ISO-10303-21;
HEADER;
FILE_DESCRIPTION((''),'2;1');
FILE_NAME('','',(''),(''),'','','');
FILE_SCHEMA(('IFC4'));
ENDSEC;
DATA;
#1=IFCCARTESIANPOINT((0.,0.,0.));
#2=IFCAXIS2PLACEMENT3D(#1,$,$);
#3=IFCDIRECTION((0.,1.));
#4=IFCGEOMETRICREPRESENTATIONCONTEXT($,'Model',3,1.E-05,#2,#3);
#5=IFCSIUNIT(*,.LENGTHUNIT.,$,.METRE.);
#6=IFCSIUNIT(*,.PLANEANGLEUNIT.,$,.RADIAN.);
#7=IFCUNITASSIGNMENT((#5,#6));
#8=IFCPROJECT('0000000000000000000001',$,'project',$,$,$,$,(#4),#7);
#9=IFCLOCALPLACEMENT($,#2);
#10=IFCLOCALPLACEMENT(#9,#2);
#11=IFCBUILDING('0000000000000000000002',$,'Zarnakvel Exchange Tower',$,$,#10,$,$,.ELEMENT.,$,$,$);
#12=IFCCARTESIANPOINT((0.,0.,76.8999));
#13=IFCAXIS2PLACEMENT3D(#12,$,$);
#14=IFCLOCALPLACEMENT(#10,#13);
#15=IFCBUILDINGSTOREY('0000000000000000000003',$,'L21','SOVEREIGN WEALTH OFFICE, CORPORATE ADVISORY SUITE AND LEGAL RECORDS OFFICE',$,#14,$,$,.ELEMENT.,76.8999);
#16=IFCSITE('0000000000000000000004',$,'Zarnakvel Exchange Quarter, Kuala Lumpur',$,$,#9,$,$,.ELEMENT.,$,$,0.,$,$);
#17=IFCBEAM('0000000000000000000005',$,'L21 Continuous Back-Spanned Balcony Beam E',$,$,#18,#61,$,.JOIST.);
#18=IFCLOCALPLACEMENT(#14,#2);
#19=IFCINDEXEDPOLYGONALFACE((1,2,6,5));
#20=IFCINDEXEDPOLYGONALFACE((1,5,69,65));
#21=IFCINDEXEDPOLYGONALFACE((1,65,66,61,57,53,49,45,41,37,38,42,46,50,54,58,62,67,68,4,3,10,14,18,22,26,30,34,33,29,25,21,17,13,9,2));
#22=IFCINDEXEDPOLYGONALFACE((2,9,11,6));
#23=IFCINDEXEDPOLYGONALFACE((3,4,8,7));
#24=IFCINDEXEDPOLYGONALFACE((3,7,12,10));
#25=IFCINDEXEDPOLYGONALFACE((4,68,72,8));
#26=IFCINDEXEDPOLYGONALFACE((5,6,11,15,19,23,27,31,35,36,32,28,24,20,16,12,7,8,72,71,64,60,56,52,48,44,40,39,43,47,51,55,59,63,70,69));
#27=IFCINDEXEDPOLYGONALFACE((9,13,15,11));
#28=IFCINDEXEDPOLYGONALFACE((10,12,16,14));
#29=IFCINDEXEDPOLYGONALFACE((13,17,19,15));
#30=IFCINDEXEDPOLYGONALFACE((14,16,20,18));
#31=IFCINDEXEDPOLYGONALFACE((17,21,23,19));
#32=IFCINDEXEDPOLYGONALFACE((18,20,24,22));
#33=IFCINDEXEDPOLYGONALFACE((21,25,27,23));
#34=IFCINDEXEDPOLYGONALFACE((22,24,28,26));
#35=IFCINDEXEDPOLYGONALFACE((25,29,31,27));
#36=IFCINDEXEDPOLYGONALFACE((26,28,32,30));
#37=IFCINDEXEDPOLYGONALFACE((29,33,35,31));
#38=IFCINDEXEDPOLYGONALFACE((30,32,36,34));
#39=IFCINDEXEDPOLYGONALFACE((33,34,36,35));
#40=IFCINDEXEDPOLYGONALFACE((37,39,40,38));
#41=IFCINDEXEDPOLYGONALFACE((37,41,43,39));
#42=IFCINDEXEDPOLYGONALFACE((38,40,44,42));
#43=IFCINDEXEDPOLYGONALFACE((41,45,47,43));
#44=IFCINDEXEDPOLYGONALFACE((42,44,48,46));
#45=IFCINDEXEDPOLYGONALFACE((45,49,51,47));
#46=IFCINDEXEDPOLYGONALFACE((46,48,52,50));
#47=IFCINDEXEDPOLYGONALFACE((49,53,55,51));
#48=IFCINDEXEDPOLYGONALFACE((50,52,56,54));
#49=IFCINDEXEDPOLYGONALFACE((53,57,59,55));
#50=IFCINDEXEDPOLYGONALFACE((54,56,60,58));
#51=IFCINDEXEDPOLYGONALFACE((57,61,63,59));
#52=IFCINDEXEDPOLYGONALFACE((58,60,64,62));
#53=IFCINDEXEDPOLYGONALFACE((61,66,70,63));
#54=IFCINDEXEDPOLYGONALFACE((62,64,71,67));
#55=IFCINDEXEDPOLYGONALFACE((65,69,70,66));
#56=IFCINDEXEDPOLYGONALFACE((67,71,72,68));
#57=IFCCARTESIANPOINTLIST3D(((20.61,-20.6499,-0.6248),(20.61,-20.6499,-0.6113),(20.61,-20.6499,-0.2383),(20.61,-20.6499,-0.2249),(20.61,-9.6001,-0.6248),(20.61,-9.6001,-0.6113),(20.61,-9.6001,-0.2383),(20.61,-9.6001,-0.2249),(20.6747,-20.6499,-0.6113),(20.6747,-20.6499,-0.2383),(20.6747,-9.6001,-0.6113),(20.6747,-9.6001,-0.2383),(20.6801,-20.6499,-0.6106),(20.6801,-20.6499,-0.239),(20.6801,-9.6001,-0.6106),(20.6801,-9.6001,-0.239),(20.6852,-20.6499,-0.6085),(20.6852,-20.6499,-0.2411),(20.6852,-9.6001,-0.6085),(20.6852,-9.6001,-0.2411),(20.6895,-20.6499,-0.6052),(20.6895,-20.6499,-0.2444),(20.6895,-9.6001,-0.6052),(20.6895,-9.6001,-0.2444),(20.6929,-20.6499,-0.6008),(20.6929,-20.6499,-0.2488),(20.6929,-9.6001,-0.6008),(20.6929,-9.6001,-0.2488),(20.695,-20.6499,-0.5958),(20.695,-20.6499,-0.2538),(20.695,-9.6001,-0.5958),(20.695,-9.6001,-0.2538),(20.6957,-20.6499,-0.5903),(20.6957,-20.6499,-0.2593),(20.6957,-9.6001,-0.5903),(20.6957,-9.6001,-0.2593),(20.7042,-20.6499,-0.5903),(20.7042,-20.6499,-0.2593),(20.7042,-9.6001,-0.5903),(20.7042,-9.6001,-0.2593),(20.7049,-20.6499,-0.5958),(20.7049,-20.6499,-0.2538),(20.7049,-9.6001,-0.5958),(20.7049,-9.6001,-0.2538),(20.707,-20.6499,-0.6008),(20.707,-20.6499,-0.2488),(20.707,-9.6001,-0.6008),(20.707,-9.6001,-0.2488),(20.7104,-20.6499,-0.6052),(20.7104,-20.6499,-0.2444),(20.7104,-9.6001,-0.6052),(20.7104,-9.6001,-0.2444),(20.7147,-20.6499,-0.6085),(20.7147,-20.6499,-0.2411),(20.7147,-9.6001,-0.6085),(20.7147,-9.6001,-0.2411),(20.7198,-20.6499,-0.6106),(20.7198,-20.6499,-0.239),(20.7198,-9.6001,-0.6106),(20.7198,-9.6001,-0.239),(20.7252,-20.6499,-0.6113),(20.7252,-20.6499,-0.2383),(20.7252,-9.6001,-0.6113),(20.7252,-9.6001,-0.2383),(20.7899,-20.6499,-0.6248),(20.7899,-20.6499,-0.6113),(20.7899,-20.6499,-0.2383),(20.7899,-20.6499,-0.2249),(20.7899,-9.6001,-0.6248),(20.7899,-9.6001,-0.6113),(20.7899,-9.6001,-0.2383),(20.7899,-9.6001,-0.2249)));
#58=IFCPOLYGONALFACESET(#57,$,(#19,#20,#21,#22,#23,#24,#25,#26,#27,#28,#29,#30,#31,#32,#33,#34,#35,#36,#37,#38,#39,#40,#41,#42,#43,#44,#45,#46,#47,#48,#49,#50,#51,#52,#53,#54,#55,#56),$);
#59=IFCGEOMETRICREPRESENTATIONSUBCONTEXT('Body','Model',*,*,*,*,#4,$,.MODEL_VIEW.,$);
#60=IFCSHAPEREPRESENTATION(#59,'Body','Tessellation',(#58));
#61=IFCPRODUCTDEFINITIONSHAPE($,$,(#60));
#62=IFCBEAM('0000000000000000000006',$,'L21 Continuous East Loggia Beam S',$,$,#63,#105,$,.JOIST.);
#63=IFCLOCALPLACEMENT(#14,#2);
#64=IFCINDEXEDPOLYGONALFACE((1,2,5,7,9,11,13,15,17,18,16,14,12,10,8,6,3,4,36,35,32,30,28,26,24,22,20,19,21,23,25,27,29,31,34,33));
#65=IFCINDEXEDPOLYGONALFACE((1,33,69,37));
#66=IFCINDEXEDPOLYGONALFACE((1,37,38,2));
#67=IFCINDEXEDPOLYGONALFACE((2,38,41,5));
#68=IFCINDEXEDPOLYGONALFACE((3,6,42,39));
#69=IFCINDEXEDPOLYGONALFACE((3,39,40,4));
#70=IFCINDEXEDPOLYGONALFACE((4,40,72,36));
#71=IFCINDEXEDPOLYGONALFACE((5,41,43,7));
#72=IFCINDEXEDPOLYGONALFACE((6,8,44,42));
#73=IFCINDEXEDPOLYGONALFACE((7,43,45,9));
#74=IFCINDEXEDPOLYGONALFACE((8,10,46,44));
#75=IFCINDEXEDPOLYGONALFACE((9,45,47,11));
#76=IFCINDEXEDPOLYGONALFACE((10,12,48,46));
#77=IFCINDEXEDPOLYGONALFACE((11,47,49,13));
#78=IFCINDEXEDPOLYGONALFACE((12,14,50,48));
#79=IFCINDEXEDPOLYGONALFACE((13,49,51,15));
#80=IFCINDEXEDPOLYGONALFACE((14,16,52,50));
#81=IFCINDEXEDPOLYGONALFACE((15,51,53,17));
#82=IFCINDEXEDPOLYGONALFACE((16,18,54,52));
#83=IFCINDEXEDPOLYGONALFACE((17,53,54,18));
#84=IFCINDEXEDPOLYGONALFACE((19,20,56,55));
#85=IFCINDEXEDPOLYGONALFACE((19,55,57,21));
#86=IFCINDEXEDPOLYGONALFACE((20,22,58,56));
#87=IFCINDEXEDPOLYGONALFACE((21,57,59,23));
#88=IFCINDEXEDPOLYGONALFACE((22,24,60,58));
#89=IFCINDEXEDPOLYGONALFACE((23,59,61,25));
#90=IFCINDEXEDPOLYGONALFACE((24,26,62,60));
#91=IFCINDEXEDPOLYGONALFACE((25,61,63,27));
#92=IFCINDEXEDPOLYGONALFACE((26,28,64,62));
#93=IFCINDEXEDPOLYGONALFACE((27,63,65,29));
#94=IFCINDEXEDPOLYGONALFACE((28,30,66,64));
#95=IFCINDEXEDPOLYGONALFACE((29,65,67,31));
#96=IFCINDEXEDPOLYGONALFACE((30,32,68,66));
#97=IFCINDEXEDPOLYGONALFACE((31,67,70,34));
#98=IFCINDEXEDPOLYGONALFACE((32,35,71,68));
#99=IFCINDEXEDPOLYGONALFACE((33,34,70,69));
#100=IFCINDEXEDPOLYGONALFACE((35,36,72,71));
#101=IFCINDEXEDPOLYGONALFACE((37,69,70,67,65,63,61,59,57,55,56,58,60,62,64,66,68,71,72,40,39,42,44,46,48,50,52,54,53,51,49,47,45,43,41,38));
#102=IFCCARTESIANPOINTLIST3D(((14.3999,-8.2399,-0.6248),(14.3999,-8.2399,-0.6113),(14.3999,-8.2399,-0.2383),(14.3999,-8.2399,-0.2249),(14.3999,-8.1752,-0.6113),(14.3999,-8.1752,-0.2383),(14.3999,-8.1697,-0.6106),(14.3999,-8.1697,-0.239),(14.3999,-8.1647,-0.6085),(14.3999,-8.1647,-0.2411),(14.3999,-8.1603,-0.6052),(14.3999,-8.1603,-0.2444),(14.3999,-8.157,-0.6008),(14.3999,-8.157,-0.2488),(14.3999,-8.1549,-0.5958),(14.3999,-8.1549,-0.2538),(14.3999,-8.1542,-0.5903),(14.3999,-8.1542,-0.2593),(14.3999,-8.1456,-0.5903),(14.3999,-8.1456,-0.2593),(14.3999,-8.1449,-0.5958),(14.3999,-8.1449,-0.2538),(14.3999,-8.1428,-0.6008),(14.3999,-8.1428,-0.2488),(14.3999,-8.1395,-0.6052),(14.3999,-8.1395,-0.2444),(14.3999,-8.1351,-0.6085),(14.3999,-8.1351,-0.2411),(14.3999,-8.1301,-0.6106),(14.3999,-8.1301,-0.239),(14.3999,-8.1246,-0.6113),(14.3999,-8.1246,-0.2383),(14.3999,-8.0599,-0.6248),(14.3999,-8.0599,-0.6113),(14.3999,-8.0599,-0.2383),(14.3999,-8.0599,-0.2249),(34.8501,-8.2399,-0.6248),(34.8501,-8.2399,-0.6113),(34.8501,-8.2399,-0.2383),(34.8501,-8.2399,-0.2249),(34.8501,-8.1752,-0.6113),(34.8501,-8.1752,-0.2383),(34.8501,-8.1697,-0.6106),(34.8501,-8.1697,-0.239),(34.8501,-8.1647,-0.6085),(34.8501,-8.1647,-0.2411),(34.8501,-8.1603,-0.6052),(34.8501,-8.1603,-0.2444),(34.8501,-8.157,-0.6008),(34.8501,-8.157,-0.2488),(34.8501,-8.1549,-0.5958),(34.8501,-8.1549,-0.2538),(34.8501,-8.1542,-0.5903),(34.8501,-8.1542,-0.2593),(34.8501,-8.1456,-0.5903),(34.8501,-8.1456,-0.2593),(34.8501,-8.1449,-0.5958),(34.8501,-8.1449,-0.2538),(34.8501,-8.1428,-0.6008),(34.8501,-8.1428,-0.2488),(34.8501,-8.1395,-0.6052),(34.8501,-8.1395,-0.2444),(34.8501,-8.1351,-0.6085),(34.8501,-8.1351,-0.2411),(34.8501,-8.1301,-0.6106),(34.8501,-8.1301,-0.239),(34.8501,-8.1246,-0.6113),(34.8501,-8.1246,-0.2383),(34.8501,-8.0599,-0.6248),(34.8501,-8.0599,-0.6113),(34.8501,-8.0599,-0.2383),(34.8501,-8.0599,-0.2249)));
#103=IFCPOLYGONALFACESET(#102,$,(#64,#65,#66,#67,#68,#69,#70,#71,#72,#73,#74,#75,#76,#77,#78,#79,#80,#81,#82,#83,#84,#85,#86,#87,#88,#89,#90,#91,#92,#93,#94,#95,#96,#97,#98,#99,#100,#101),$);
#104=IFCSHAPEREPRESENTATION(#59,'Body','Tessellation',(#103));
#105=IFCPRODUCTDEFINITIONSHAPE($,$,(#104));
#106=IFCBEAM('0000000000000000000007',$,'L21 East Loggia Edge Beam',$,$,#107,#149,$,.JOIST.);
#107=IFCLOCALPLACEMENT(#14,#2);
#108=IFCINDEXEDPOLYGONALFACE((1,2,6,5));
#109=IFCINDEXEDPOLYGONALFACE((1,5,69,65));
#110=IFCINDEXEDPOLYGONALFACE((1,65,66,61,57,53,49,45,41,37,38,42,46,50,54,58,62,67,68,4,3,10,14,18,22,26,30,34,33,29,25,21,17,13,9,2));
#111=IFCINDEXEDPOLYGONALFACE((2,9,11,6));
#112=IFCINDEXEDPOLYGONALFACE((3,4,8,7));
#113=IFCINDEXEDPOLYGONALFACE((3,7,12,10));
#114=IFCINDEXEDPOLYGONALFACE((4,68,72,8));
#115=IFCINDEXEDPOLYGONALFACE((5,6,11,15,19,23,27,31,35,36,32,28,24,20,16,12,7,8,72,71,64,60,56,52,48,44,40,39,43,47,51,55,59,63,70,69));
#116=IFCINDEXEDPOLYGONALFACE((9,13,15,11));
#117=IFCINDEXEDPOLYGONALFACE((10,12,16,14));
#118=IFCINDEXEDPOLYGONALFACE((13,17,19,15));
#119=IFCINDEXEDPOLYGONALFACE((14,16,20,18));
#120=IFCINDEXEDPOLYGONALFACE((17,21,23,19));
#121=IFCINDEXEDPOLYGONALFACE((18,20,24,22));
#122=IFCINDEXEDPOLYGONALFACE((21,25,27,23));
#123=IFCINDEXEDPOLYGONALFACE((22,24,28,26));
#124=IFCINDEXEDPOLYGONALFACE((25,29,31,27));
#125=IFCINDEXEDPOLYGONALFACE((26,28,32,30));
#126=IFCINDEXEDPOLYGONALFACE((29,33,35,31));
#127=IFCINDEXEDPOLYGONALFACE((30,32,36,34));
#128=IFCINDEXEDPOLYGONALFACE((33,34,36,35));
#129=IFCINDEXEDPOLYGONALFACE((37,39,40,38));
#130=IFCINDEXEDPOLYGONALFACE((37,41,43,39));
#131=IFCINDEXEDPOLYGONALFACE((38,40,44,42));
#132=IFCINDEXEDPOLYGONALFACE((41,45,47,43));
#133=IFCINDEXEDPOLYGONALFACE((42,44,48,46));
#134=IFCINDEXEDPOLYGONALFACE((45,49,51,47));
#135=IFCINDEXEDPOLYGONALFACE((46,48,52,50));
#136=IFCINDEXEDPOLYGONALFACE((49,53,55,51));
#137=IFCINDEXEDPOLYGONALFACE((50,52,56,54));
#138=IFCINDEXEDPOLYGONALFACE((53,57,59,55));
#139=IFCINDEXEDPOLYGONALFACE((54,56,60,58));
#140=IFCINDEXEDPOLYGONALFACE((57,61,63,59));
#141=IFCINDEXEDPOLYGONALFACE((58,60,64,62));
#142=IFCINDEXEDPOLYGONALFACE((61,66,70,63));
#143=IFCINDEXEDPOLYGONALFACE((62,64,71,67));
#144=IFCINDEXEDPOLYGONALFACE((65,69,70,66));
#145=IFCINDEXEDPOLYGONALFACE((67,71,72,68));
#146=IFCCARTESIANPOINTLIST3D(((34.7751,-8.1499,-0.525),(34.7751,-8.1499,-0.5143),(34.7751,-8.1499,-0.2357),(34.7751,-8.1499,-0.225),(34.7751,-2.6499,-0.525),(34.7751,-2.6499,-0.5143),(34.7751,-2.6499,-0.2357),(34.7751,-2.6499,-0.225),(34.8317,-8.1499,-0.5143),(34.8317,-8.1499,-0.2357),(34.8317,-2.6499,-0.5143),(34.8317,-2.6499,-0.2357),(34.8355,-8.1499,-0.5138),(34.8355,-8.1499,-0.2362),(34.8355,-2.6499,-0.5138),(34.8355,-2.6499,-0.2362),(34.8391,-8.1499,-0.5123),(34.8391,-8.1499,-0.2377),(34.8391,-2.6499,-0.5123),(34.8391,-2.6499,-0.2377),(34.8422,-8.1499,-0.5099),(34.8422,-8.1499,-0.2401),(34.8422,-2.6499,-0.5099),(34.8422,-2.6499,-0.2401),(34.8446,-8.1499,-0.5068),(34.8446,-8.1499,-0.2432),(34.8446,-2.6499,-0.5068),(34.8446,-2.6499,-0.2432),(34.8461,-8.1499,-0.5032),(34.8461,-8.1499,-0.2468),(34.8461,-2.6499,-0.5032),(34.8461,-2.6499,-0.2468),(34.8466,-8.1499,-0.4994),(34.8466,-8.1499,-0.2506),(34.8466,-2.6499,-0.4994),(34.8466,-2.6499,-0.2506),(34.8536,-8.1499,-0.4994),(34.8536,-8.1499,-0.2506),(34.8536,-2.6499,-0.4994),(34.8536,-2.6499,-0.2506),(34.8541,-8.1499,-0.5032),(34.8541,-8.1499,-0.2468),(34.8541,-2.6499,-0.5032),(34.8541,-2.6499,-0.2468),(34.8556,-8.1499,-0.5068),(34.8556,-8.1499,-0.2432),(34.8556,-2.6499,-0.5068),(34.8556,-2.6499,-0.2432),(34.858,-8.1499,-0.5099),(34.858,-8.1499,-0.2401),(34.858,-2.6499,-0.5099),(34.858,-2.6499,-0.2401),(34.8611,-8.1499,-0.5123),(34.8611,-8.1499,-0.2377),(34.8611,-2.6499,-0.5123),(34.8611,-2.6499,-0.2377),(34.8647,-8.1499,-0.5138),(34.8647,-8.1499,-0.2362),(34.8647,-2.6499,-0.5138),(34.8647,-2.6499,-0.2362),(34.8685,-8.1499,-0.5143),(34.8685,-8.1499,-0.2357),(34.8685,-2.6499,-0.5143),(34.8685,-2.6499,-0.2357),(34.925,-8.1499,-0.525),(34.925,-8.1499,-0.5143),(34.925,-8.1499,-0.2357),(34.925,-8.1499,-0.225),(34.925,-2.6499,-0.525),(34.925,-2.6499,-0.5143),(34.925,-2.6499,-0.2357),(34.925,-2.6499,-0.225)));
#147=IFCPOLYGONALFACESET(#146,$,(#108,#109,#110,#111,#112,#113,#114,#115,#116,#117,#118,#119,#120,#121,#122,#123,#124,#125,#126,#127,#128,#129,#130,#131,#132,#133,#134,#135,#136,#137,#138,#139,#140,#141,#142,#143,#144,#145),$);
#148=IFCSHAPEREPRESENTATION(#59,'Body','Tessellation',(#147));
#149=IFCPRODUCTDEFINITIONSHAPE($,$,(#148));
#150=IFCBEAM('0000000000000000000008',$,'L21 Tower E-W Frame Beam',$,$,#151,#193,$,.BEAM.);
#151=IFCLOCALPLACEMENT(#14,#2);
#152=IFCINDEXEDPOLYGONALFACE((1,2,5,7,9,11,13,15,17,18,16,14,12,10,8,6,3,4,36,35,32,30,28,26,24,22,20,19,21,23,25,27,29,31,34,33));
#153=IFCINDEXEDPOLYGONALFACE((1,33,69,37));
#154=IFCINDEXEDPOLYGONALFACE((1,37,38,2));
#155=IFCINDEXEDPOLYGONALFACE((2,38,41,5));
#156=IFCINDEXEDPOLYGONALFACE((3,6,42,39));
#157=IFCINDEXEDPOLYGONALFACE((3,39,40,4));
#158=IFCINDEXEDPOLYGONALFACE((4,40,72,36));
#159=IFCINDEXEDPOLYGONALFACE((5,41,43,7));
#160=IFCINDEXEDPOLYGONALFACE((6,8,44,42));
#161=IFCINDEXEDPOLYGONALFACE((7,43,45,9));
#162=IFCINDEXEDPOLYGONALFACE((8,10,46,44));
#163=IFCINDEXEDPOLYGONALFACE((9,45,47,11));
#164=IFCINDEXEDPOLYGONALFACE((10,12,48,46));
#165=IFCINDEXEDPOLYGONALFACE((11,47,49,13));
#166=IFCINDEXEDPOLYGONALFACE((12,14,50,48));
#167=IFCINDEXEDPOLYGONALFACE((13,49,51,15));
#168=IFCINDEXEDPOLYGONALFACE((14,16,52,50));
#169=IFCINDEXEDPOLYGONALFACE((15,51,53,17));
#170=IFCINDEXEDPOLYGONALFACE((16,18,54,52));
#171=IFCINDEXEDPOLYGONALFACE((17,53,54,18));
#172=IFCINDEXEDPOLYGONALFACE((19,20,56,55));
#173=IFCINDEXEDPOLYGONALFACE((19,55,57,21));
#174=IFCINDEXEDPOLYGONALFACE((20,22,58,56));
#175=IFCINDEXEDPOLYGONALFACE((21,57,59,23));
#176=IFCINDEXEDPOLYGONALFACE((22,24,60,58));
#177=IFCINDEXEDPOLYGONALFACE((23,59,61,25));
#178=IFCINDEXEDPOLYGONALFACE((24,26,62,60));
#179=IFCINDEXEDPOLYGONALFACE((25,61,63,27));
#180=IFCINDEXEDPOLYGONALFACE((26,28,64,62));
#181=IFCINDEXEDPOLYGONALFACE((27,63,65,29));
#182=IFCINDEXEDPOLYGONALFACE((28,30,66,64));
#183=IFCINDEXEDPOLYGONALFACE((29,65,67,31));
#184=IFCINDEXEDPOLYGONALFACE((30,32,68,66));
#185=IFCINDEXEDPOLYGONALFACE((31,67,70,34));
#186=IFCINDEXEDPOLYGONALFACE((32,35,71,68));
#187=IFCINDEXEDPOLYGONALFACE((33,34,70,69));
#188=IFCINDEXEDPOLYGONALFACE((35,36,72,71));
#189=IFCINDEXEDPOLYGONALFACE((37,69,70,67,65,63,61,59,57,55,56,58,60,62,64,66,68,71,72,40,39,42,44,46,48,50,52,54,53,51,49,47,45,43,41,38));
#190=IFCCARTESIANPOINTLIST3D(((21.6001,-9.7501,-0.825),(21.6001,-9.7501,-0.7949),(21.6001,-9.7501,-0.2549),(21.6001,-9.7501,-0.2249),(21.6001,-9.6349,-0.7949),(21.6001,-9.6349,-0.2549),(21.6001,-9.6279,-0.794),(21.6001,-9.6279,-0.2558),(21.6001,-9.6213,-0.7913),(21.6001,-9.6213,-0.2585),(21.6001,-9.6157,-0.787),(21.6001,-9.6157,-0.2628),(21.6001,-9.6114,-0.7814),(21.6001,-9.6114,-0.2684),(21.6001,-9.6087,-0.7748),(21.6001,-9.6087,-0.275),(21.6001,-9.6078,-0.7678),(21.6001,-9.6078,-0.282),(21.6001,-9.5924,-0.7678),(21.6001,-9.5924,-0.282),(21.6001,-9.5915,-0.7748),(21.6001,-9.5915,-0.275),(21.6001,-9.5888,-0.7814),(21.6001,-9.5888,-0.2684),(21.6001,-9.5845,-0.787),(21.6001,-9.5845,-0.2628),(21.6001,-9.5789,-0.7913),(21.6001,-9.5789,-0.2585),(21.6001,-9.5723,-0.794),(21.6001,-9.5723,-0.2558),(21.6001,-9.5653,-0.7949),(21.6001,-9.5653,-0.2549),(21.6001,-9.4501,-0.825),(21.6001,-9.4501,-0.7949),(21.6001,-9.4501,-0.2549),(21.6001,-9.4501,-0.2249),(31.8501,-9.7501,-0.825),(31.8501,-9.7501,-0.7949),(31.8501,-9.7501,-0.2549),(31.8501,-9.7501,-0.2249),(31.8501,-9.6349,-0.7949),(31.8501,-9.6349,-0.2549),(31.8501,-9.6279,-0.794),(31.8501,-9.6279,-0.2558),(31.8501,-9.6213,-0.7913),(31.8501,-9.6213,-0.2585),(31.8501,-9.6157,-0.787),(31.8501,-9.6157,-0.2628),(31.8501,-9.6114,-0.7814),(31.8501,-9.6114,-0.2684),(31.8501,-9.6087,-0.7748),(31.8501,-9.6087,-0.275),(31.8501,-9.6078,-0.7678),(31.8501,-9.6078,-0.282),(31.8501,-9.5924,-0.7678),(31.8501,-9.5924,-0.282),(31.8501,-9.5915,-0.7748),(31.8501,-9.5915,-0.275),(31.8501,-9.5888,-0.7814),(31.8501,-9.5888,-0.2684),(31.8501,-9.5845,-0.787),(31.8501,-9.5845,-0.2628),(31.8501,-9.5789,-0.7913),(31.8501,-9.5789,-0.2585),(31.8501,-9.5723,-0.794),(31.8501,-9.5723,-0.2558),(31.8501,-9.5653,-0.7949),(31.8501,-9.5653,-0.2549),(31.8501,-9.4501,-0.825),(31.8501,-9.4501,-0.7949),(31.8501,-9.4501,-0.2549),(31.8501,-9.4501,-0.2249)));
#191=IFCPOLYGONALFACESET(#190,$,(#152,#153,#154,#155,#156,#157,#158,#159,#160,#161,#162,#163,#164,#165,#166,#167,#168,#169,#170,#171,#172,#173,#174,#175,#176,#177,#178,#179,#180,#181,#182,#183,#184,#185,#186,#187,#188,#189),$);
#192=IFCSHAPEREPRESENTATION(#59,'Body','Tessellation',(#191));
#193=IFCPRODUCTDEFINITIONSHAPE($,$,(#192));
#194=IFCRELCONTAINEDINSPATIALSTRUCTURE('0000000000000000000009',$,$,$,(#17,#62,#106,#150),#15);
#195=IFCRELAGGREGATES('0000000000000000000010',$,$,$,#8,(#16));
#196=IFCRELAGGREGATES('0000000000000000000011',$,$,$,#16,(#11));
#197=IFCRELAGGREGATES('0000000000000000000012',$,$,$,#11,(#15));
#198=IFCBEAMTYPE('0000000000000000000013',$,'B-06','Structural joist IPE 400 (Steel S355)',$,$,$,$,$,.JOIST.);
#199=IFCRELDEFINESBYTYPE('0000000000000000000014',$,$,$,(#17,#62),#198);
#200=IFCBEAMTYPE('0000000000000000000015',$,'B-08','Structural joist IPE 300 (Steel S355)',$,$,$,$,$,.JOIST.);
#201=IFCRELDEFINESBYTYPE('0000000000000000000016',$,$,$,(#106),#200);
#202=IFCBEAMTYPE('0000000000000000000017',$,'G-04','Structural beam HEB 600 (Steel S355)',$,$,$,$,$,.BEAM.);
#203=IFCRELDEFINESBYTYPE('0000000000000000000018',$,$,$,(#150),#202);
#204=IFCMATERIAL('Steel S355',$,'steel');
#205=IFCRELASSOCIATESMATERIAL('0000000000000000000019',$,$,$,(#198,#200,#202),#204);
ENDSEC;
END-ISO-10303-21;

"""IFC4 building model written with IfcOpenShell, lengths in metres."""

from ifc_helpers import new_model, si_unit, direction, frame, origin, origin_2d, place, context, subcontext, project, spatial, i_section, extrude, material, material_profile, profile_set, type_object, element, save


model = new_model("IFC4")

# Units and contexts
model_context = context("Model", 3, precision=1e-05, world=origin(), true_north=direction((0.0, 1.0)))
body_context = subcontext(model_context, "Body", "Model", "MODEL_VIEW")
ifc_project = project(units=[si_unit("LENGTHUNIT", "METRE"), si_unit("PLANEANGLEUNIT", "RADIAN")], contexts=[model_context])

# Site, building, storey
site_placement = place(None, origin())
site = spatial("IfcSite", under=ifc_project, at=site_placement, Name="Zarnakvel Exchange Quarter, Kuala Lumpur", CompositionType="ELEMENT", RefElevation=0.0)
building_placement = place(site_placement, origin())
building = spatial("IfcBuilding", under=site, at=building_placement, Name="Zarnakvel Exchange Tower", CompositionType="ELEMENT")
storey_placement = place(building_placement, frame((0.0, 0.0, 76.8999)))
storey = spatial("IfcBuildingStorey", under=building, at=storey_placement, Name="L21", Description="SOVEREIGN WEALTH OFFICE, CORPORATE ADVISORY SUITE AND LEGAL RECORDS OFFICE", CompositionType="ELEMENT", Elevation=76.8999)

# Shared definitions
ifc_material_1 = material(Name="Steel S355", Category="steel")

# Beams
ifc_material_profile_1 = material_profile(ifc_material_1, i_section(OverallWidth=0.1799, OverallDepth=0.3999, WebThickness=0.0085, FlangeThickness=0.0134, FilletRadius=0.021, at=origin_2d()))
ifc_profile_set_1 = profile_set([ifc_material_profile_1], Name="Steel S355")
beam_type_1 = type_object("IfcBeamType", Name="B-06", Description="Structural joist IPE 400 (Steel S355)", PredefinedType="JOIST", material=ifc_profile_set_1)
beam_1_placement = place(storey_placement, frame((20.7, -9.6001, -0.4248), z_axis=(0.0, -1.0, 0.0), x_axis=(1.0, 0.0, 0.0)))
element("IfcBeam", 1, at=beam_1_placement, inside=storey, type_object=beam_type_1, Name="L21 Continuous Back-Spanned Balcony Beam E", PredefinedType="JOIST", context=body_context, shape_type="SweptSolid", body=[
    extrude(i_section(OverallWidth=0.1799, OverallDepth=0.3999, WebThickness=0.0085, FlangeThickness=0.0134, FilletRadius=0.021, at=origin_2d()), origin(), (0.0, 0.0, 1.0), 11.0498),
])
beam_2_placement = place(storey_placement, frame((14.3999, -8.1499, -0.4248), z_axis=(1.0, 0.0, 0.0), x_axis=(0.0, 1.0, 0.0)))
element("IfcBeam", 2, at=beam_2_placement, inside=storey, type_object=beam_type_1, Name="L21 Continuous East Loggia Beam S", PredefinedType="JOIST", context=body_context, shape_type="SweptSolid", body=[
    extrude(i_section(OverallWidth=0.1799, OverallDepth=0.3999, WebThickness=0.0085, FlangeThickness=0.0134, FilletRadius=0.021, at=origin_2d()), origin(), (0.0, 0.0, 1.0), 20.4502),
])
ifc_material_profile_2 = material_profile(ifc_material_1, i_section(OverallWidth=0.1499, OverallDepth=0.3, WebThickness=0.0071, FlangeThickness=0.0107, FilletRadius=0.0149, at=origin_2d()))
ifc_profile_set_2 = profile_set([ifc_material_profile_2], Name="Steel S355")
beam_type_2 = type_object("IfcBeamType", Name="B-08", Description="Structural joist IPE 300 (Steel S355)", PredefinedType="JOIST", material=ifc_profile_set_2)
beam_3_placement = place(storey_placement, frame((34.8501, -8.1499, -0.375), z_axis=(0.0, 1.0, 0.0), x_axis=(-1.0, 0.0, 0.0)))
element("IfcBeam", 3, at=beam_3_placement, inside=storey, type_object=beam_type_2, Name="L21 East Loggia Edge Beam", PredefinedType="JOIST", context=body_context, shape_type="SweptSolid", body=[
    extrude(i_section(OverallWidth=0.1499, OverallDepth=0.3, WebThickness=0.0071, FlangeThickness=0.0107, FilletRadius=0.0149, at=origin_2d()), origin(), (0.0, 0.0, 1.0), 5.5),
])
ifc_material_profile_3 = material_profile(ifc_material_1, i_section(OverallWidth=0.3, OverallDepth=0.6001, WebThickness=0.0154, FlangeThickness=0.03, FilletRadius=0.0271, at=origin_2d()))
ifc_profile_set_3 = profile_set([ifc_material_profile_3], Name="Steel S355")
beam_type_3 = type_object("IfcBeamType", Name="G-04", Description="Structural beam HEB 600 (Steel S355)", PredefinedType="BEAM", material=ifc_profile_set_3)
beam_4_placement = place(storey_placement, frame((21.6001, -9.6001, -0.5249), z_axis=(1.0, 0.0, 0.0), x_axis=(0.0, 1.0, 0.0)))
element("IfcBeam", 4, at=beam_4_placement, inside=storey, type_object=beam_type_3, Name="L21 Tower E-W Frame Beam", PredefinedType="BEAM", context=body_context, shape_type="SweptSolid", body=[
    extrude(i_section(OverallWidth=0.3, OverallDepth=0.6001, WebThickness=0.0154, FlangeThickness=0.03, FilletRadius=0.0271, at=origin_2d()), origin(), (0.0, 0.0, 1.0), 10.25),
])

save(model, "model.ifc")
